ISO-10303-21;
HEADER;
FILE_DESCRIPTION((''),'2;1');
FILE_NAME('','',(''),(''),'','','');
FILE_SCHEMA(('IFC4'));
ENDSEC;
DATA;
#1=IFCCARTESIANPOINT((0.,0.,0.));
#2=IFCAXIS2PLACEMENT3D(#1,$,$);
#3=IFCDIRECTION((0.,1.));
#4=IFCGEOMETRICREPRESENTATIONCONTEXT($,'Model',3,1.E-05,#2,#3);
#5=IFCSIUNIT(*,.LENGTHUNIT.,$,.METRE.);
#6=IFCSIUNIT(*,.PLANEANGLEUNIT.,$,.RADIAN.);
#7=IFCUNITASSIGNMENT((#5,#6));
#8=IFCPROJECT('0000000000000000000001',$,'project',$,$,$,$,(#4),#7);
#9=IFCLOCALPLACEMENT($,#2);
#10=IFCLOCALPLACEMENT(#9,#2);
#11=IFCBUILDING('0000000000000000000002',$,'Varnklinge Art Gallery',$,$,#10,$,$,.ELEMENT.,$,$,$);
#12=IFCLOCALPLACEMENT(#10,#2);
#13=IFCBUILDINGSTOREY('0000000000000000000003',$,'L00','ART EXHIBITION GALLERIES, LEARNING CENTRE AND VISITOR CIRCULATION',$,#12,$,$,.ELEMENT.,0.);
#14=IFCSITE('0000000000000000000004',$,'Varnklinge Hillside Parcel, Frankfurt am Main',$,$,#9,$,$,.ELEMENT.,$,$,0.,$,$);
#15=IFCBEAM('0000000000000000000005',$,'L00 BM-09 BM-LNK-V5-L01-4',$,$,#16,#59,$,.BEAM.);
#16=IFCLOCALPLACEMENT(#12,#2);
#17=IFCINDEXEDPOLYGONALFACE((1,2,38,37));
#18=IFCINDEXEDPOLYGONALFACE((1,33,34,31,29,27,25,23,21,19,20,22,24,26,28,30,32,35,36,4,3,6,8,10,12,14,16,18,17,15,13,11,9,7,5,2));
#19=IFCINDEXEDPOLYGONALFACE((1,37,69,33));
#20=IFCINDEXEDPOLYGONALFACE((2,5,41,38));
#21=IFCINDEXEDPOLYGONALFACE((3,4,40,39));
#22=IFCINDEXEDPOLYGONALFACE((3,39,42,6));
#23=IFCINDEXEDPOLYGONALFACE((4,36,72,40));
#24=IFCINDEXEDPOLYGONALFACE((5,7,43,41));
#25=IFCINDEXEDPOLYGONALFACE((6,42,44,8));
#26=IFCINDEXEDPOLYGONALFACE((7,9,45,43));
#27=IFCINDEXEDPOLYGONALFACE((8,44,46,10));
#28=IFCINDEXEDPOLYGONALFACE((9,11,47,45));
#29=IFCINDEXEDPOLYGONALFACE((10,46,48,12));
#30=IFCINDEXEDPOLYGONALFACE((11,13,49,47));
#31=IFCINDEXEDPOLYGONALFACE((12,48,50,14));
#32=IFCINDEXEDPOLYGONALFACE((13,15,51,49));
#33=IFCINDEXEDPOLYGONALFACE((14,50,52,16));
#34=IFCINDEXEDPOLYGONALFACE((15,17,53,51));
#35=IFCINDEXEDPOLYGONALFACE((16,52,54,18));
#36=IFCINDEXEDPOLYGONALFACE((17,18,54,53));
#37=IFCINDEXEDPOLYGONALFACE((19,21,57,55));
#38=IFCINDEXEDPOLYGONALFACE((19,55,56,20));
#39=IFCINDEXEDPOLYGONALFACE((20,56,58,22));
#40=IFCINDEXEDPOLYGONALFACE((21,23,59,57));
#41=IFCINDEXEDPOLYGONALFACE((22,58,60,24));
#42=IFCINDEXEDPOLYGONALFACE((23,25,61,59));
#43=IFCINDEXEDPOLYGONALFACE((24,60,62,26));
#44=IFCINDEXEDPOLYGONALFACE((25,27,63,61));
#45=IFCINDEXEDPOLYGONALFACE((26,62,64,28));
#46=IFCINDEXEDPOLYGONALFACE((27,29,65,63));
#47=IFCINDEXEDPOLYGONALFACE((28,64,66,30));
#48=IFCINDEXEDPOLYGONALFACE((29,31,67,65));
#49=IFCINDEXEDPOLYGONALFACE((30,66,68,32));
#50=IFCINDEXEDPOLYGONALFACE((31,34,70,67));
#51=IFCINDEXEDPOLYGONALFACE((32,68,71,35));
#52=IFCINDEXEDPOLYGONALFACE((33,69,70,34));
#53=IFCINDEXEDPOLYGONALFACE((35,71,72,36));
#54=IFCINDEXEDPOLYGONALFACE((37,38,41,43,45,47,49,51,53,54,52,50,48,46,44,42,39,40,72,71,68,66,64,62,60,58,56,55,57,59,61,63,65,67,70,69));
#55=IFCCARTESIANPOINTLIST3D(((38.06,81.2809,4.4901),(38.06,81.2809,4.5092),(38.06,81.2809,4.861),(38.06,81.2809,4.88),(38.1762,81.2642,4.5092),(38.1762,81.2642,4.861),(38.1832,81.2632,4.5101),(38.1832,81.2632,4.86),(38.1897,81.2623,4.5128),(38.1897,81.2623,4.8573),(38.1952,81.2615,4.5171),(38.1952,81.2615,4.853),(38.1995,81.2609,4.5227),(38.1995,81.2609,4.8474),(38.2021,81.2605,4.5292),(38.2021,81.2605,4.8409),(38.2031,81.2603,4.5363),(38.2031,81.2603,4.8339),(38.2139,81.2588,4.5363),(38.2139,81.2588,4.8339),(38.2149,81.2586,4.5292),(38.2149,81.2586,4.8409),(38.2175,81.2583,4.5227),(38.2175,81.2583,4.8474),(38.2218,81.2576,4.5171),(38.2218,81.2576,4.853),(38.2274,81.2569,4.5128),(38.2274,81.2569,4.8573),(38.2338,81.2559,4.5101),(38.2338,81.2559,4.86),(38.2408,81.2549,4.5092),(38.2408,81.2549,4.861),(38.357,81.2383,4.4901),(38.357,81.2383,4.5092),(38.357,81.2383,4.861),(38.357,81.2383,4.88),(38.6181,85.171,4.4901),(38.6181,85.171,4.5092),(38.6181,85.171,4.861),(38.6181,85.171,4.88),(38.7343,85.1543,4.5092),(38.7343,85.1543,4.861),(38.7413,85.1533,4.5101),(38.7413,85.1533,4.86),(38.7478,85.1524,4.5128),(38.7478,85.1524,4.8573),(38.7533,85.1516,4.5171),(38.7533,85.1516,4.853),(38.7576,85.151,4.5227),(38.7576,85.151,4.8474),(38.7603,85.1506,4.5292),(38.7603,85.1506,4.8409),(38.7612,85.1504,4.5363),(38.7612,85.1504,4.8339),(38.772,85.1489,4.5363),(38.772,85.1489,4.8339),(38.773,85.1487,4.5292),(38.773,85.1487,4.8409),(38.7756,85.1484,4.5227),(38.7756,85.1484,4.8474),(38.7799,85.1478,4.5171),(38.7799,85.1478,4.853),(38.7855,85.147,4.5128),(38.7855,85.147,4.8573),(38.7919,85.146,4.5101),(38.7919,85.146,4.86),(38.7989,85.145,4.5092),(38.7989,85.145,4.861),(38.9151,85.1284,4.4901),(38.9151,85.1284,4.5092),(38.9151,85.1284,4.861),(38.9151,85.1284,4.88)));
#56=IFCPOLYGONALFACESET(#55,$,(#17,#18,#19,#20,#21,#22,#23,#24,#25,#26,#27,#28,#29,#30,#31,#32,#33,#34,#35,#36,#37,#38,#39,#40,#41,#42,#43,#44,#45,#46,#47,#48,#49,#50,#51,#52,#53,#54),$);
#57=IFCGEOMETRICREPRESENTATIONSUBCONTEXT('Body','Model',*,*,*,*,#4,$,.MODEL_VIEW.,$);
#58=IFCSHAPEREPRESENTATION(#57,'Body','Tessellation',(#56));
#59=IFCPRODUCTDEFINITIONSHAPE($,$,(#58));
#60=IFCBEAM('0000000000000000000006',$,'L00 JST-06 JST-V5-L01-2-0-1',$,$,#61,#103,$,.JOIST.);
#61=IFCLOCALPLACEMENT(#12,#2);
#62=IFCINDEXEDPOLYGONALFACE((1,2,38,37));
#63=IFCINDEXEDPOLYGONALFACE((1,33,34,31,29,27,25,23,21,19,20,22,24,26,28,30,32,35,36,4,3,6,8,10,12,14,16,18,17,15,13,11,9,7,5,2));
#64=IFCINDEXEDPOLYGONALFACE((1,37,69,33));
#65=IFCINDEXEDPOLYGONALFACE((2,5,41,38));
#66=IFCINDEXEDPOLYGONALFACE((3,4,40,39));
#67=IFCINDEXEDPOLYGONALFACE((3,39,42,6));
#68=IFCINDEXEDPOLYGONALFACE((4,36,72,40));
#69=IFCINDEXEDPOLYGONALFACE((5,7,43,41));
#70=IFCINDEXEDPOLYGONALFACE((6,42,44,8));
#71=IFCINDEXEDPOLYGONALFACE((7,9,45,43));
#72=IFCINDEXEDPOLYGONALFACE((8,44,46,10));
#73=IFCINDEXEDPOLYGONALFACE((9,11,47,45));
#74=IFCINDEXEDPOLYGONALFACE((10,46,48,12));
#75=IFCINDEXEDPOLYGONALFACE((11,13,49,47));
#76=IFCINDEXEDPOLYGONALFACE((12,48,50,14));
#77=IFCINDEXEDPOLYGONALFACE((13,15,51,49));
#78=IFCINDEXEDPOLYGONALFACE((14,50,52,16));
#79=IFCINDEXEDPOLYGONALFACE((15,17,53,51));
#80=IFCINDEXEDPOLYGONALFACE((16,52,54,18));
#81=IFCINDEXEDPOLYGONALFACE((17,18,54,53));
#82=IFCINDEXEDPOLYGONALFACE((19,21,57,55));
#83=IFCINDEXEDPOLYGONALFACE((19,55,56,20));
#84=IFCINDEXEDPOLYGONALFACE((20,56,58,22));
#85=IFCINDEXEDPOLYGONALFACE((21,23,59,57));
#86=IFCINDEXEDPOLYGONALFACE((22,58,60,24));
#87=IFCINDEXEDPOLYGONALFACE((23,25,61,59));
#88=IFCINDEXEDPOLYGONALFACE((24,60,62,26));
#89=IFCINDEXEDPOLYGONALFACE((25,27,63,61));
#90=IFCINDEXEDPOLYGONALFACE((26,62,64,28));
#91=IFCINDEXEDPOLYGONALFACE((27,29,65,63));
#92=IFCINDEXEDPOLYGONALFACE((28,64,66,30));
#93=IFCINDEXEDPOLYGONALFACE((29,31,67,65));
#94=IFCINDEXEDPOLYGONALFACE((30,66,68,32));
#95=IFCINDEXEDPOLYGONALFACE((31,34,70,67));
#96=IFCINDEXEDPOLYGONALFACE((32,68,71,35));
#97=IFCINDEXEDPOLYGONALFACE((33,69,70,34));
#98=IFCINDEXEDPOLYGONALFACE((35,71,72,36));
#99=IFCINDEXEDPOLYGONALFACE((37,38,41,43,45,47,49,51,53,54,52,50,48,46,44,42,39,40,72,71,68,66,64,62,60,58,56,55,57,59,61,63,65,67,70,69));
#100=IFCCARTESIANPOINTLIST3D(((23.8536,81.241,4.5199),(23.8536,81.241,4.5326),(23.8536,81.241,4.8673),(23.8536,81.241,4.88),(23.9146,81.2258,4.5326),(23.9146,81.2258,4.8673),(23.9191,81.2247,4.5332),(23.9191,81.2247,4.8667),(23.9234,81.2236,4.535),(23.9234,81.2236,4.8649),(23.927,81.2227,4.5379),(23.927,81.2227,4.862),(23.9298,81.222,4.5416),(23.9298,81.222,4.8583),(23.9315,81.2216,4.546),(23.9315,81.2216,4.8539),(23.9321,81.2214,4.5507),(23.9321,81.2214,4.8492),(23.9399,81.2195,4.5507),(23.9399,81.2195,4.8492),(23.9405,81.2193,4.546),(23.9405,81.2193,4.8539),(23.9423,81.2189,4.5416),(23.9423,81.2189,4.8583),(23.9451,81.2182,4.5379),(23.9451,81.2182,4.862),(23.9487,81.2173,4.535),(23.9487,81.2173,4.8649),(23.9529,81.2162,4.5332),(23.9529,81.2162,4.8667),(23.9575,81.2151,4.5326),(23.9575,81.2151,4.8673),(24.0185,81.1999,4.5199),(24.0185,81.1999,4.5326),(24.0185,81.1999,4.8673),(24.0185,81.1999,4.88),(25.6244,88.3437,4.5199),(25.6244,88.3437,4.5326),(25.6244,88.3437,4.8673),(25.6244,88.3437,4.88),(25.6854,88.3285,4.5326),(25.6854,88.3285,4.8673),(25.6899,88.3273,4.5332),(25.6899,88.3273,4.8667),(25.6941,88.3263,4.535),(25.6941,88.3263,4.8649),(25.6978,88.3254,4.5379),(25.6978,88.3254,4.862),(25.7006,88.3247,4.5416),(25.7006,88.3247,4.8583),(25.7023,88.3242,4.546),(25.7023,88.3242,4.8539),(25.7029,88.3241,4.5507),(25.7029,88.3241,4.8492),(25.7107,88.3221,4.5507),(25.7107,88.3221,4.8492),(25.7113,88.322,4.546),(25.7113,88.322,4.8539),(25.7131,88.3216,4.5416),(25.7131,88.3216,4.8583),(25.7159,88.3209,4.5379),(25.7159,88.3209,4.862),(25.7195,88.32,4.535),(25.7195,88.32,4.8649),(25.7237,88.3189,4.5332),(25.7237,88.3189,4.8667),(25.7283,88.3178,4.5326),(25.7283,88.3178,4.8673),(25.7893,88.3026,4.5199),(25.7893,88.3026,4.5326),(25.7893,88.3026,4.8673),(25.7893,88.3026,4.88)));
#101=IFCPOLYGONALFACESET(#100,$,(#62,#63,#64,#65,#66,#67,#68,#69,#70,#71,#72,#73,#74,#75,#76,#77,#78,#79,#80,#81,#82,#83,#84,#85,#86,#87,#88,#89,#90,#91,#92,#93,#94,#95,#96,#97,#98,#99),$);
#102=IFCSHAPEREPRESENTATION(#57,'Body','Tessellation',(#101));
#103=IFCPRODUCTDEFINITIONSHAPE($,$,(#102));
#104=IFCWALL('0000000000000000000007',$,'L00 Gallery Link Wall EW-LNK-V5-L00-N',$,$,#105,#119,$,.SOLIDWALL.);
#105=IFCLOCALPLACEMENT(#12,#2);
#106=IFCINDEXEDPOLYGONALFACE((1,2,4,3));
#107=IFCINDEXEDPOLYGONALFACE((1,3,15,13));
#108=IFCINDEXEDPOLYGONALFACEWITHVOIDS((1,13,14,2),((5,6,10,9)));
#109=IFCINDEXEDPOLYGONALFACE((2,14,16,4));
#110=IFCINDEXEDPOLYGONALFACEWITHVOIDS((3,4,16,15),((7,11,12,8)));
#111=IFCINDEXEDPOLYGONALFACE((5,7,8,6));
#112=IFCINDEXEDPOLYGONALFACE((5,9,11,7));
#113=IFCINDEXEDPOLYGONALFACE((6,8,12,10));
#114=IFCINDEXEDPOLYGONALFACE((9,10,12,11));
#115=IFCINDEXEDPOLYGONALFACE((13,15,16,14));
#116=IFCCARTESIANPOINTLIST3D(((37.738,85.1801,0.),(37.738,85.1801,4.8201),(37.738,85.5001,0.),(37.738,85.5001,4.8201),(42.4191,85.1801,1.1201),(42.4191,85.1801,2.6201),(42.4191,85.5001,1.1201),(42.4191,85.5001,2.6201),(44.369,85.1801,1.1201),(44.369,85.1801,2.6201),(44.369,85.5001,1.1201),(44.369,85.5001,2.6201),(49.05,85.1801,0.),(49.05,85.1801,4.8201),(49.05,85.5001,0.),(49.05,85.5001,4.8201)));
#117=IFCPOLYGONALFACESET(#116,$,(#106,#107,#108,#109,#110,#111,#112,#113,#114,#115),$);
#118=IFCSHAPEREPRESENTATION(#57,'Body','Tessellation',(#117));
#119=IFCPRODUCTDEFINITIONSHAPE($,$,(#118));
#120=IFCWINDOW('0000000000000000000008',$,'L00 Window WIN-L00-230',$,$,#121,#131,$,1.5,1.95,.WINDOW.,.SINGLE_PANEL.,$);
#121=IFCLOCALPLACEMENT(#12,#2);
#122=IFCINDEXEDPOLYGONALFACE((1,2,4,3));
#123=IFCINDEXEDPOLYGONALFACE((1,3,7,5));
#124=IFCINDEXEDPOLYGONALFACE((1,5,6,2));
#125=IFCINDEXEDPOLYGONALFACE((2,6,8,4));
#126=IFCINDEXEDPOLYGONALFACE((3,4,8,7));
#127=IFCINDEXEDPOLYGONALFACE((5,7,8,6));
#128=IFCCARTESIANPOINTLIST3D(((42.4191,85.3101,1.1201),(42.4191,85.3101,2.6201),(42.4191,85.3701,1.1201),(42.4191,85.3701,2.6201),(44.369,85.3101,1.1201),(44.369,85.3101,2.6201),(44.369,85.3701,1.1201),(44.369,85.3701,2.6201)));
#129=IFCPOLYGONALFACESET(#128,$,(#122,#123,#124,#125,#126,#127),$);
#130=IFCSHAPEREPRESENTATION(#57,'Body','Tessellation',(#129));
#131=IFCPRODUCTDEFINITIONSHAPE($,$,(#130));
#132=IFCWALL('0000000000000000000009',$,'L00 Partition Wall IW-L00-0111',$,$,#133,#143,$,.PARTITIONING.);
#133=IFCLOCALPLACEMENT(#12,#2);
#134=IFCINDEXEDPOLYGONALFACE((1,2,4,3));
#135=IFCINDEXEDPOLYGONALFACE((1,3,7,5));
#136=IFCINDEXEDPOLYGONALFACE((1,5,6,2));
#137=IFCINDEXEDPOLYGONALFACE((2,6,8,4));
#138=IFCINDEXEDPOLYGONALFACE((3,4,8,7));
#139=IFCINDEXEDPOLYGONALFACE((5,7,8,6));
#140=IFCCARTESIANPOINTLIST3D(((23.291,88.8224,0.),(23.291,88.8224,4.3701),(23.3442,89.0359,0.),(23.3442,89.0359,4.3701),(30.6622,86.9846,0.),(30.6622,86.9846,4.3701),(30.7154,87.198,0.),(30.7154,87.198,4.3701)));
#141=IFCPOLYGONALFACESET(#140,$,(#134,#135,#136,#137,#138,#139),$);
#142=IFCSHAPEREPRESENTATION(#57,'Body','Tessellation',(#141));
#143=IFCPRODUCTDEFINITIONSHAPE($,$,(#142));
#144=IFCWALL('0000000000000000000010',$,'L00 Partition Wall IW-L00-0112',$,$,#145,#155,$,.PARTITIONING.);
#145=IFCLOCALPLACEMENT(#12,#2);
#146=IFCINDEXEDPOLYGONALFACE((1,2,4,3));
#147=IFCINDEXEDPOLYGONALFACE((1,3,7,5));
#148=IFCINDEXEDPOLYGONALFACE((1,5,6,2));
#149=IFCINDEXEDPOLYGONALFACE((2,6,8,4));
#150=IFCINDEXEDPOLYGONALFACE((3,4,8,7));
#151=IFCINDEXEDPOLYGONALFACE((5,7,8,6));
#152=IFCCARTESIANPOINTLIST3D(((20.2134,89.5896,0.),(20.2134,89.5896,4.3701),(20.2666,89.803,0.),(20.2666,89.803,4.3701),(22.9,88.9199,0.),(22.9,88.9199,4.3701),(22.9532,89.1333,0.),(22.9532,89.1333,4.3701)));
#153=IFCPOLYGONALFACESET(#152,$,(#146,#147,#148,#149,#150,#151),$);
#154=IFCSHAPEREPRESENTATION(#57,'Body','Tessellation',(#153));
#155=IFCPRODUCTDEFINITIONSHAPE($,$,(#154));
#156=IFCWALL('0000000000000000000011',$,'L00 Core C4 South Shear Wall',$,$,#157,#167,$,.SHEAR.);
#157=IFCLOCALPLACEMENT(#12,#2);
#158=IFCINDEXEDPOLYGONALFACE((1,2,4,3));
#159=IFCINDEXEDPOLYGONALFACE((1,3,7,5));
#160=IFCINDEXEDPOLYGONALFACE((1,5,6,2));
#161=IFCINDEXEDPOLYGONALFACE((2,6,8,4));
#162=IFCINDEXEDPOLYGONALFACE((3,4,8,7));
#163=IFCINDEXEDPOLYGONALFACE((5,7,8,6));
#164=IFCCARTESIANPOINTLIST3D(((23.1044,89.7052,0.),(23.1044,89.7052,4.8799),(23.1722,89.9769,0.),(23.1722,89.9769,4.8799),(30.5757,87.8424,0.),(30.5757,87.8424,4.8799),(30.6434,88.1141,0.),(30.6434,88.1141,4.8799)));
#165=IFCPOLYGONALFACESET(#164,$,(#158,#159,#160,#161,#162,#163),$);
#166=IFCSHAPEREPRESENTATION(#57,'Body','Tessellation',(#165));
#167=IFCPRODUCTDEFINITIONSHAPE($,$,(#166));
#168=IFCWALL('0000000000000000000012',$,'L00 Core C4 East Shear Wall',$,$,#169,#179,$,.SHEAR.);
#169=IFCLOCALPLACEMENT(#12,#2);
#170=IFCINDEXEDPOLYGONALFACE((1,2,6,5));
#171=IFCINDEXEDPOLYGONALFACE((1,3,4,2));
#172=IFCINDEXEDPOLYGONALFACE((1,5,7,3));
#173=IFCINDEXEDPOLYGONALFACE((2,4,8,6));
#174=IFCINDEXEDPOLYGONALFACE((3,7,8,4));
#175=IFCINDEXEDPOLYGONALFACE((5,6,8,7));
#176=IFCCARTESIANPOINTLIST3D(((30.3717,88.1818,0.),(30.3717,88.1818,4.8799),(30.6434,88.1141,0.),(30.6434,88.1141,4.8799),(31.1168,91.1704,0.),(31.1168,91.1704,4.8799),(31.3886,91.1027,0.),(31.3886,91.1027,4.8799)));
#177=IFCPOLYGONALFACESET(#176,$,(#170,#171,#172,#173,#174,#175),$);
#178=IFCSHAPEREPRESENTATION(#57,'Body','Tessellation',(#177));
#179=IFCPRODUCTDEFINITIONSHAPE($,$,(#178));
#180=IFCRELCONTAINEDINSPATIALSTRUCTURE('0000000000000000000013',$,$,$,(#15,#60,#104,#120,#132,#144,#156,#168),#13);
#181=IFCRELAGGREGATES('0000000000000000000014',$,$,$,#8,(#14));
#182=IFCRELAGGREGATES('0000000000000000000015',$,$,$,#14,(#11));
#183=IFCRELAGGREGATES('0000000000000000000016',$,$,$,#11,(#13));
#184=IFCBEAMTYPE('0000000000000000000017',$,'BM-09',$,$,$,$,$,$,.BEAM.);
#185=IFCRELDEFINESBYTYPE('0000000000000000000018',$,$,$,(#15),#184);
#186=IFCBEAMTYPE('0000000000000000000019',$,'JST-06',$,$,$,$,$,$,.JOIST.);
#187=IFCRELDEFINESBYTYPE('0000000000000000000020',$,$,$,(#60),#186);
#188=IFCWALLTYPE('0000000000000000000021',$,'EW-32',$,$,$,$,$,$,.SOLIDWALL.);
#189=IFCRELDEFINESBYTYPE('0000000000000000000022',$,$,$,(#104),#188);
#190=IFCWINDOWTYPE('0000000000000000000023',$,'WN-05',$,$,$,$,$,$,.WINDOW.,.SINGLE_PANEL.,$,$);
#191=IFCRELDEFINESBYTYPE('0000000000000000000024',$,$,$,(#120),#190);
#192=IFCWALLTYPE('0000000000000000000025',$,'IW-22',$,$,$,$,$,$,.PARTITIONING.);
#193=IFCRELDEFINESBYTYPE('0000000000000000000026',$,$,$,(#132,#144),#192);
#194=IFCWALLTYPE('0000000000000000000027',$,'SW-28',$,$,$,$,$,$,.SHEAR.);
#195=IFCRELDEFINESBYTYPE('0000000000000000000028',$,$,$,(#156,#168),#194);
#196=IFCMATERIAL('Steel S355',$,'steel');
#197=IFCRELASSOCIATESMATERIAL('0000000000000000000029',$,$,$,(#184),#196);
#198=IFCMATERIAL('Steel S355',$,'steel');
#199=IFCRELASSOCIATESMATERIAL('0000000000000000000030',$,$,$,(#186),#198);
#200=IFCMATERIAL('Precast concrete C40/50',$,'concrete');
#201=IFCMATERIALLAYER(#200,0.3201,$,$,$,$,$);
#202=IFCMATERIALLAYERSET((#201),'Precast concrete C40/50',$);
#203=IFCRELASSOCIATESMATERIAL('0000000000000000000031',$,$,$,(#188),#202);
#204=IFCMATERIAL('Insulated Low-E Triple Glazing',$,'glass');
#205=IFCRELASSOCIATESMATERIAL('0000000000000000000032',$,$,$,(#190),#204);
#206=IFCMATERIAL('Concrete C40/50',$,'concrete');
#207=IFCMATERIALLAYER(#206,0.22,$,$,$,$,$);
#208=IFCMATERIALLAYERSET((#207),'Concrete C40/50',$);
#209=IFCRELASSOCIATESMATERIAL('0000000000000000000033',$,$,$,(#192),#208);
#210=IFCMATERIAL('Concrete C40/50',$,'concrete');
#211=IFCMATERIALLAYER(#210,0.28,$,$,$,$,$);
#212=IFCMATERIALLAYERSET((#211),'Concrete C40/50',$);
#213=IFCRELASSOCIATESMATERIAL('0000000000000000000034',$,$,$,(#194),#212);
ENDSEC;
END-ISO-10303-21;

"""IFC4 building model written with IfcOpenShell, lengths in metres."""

from ifc_helpers import new_model, si_unit, direction, frame, frame_2d, origin, origin_2d, place, context, subcontext, project, spatial, rectangle, i_section, extrude, material, layer, layer_set, material_profile, profile_set, type_object, element, fill, save


model = new_model("IFC4")

# Units and contexts
model_context = context("Model", 3, precision=1e-05, world=origin(), true_north=direction((0.0, 1.0)))
body_context = subcontext(model_context, "Body", "Model", "MODEL_VIEW")
ifc_project = project(units=[si_unit("LENGTHUNIT", "METRE"), si_unit("PLANEANGLEUNIT", "RADIAN")], contexts=[model_context])

# Site, building, storey
site_placement = place(None, origin())
site = spatial("IfcSite", under=ifc_project, at=site_placement, Name="Varnklinge Hillside Parcel, Frankfurt am Main", CompositionType="ELEMENT", RefElevation=0.0)
building_placement = place(site_placement, origin())
building = spatial("IfcBuilding", under=site, at=building_placement, Name="Varnklinge Art Gallery", CompositionType="ELEMENT")
storey_placement = place(building_placement, origin())
storey = spatial("IfcBuildingStorey", under=building, at=storey_placement, Name="L00", Description="ART EXHIBITION GALLERIES, LEARNING CENTRE AND VISITOR CIRCULATION", CompositionType="ELEMENT", Elevation=0.0)

# Beams
ifc_material_1 = material(Name="Steel S355", Category="steel")
ifc_material_profile_1 = material_profile(ifc_material_1, i_section(OverallWidth=0.3, OverallDepth=0.3899, WebThickness=0.011, FlangeThickness=0.019, FilletRadius=0.0271, at=origin_2d()), Name="HEA 400")
ifc_profile_set_1 = profile_set([ifc_material_profile_1], Name="Steel S355")
beam_type_1 = type_object("IfcBeamType", Name="BM-09", PredefinedType="BEAM", material=ifc_profile_set_1)
beam_1_placement = place(storey_placement, frame((38.7666, 85.1497, 4.6851), z_axis=(-0.142013, -0.989865, 0.0), x_axis=(0.989865, -0.142013, 0.0)))
element("IfcBeam", 1, at=beam_1_placement, inside=storey, type_object=beam_type_1, Name="L00 BM-09 BM-LNK-V5-L01-4", PredefinedType="BEAM", context=body_context, shape_type="SweptSolid", body=[
    extrude(i_section(OverallWidth=0.3, OverallDepth=0.3899, WebThickness=0.011, FlangeThickness=0.019, FilletRadius=0.0271, at=origin_2d()), origin(), (0.0, 0.0, 1.0), 3.9299),
])
ifc_material_2 = material(Name="Steel S355", Category="steel")
ifc_material_profile_2 = material_profile(ifc_material_2, i_section(OverallWidth=0.1699, OverallDepth=0.3601, WebThickness=0.0081, FlangeThickness=0.0127, FilletRadius=0.0181, at=origin_2d()), Name="IPE 360")
ifc_profile_set_2 = profile_set([ifc_material_profile_2], Name="Steel S355")
beam_type_2 = type_object("IfcBeamType", Name="JST-06", PredefinedType="JOIST", material=ifc_profile_set_2)
beam_2_placement = place(storey_placement, frame((23.936, 81.2205, 4.7), z_axis=(0.241908, 0.970299, 0.0), x_axis=(-0.970299, 0.241908, 0.0)))
element("IfcBeam", 2, at=beam_2_placement, inside=storey, type_object=beam_type_2, Name="L00 JST-06 JST-V5-L01-2-0-1", PredefinedType="JOIST", context=body_context, shape_type="SweptSolid", body=[
    extrude(i_section(OverallWidth=0.1699, OverallDepth=0.3601, WebThickness=0.0081, FlangeThickness=0.0127, FilletRadius=0.0181, at=origin_2d()), origin(), (0.0, 0.0, 1.0), 7.3201),
])

# Wall, opening, window
ifc_material_3 = material(Name="Precast concrete C40/50", Category="concrete")
ifc_layer_1 = layer(ifc_material_3, 0.3201)
ifc_layer_set_1 = layer_set([ifc_layer_1], Name="Precast concrete C40/50")
wall_type_1 = type_object("IfcWallType", Name="EW-32", PredefinedType="SOLIDWALL", material=ifc_layer_set_1)
wall_1_placement = place(storey_placement, frame((37.738, 85.3401, 0.0), z_axis=(0.0, 0.0, 1.0), x_axis=(1.0, 0.0, 0.0)))
wall_1 = element("IfcWall", 3, at=wall_1_placement, inside=storey, type_object=wall_type_1, Name="L00 Gallery Link Wall EW-LNK-V5-L00-N", PredefinedType="SOLIDWALL", context=body_context, shape_type="SweptSolid", body=[
    extrude(rectangle(XDim=11.312, YDim=0.3201, at=frame_2d((5.656, 0.0))), origin(), (0.0, 0.0, 1.0), 4.8201),
])
opening_1_placement = place(wall_1_placement, frame((4.6809, 0.0, 1.1201)))
opening_1 = element("IfcOpeningElement", 4, at=opening_1_placement, cuts=wall_1, PredefinedType="OPENING", context=body_context, shape_type="SweptSolid", body=[
    extrude(rectangle(XDim=1.95, YDim=1.5, at=frame_2d((0.9751, 0.75))), frame((0.0, 0.1702, 0.0), z_axis=(0.0, -1.0, 0.0), x_axis=(1.0, 0.0, 0.0)), (0.0, 0.0, 1.0), 0.3401),
])
ifc_material_4 = material(Name="Insulated Low-E Triple Glazing", Category="glass")
window_type = type_object("IfcWindowType", Name="WN-05", PartitioningType="SINGLE_PANEL", PredefinedType="WINDOW", material=ifc_material_4)
window_placement = place(opening_1_placement, origin())
window = element("IfcWindow", 5, at=window_placement, inside=storey, type_object=window_type, Name="L00 Window WIN-L00-230", OverallHeight=1.5, OverallWidth=1.95, PartitioningType="SINGLE_PANEL", PredefinedType="WINDOW", context=body_context, shape_type="SweptSolid", body=[
    extrude(rectangle(XDim=1.95, YDim=1.5, at=frame_2d((0.9751, 0.75))), frame((0.0, 0.03, 0.0), z_axis=(0.0, -1.0, 0.0), x_axis=(1.0, 0.0, 0.0)), (0.0, 0.0, 1.0), 0.0601),
])
fill(opening_1, window)

# Walls
ifc_material_5 = material(Name="Concrete C40/50", Category="concrete")
ifc_layer_2 = layer(ifc_material_5, 0.22)
ifc_layer_set_2 = layer_set([ifc_layer_2], Name="Concrete C40/50")
wall_type_2 = type_object("IfcWallType", Name="IW-22", PredefinedType="PARTITIONING", material=ifc_layer_set_2)
wall_2_placement = place(storey_placement, frame((30.6887, 87.0913, 0.0), z_axis=(0.0, 0.0, 1.0), x_axis=(-0.970295, 0.241923, 0.0)))
element("IfcWall", 6, at=wall_2_placement, inside=storey, type_object=wall_type_2, Name="L00 Partition Wall IW-L00-0111", PredefinedType="PARTITIONING", context=body_context, shape_type="SweptSolid", body=[
    extrude(rectangle(XDim=7.5969, YDim=0.22, at=frame_2d((3.7983, 0.0))), origin(), (0.0, 0.0, 1.0), 4.3701),
])
wall_3_placement = place(storey_placement, frame((22.9265, 89.0266, 0.0), z_axis=(0.0, 0.0, 1.0), x_axis=(-0.970308, 0.241872, 0.0)))
element("IfcWall", 7, at=wall_3_placement, inside=storey, type_object=wall_type_2, Name="L00 Partition Wall IW-L00-0112", PredefinedType="PARTITIONING", context=body_context, shape_type="SweptSolid", body=[
    extrude(rectangle(XDim=2.7688, YDim=0.22, at=frame_2d((1.3843, 0.0))), origin(), (0.0, 0.0, 1.0), 4.3701),
])

# Walls
ifc_material_6 = material(Name="Concrete C40/50", Category="concrete")
ifc_layer_3 = layer(ifc_material_6, 0.28)
ifc_layer_set_3 = layer_set([ifc_layer_3], Name="Concrete C40/50")
wall_type_3 = type_object("IfcWallType", Name="SW-28", PredefinedType="SHEAR", material=ifc_layer_set_3)
wall_4_placement = place(storey_placement, frame((23.1382, 89.8411, 0.0), z_axis=(0.0, 0.0, 1.0), x_axis=(0.970295, -0.241924, 0.0)))
element("IfcWall", 8, at=wall_4_placement, inside=storey, type_object=wall_type_3, Name="L00 Core C4 South Shear Wall", PredefinedType="SHEAR", context=body_context, shape_type="SweptSolid", body=[
    extrude(rectangle(XDim=7.7, YDim=0.28, at=frame_2d((3.8501, 0.0))), origin(), (0.0, 0.0, 1.0), 4.8799),
])
wall_5_placement = place(storey_placement, frame((30.5076, 88.1479, 0.0), z_axis=(0.0, 0.0, 1.0), x_axis=(0.24192, 0.970296, 0.0)))
element("IfcWall", 9, at=wall_5_placement, inside=storey, type_object=wall_type_3, Name="L00 Core C4 East Shear Wall", PredefinedType="SHEAR", context=body_context, shape_type="SweptSolid", body=[
    extrude(rectangle(XDim=3.0801, YDim=0.28, at=frame_2d((1.54, 0.0))), origin(), (0.0, 0.0, 1.0), 4.8799),
])

save(model, "model.ifc")
